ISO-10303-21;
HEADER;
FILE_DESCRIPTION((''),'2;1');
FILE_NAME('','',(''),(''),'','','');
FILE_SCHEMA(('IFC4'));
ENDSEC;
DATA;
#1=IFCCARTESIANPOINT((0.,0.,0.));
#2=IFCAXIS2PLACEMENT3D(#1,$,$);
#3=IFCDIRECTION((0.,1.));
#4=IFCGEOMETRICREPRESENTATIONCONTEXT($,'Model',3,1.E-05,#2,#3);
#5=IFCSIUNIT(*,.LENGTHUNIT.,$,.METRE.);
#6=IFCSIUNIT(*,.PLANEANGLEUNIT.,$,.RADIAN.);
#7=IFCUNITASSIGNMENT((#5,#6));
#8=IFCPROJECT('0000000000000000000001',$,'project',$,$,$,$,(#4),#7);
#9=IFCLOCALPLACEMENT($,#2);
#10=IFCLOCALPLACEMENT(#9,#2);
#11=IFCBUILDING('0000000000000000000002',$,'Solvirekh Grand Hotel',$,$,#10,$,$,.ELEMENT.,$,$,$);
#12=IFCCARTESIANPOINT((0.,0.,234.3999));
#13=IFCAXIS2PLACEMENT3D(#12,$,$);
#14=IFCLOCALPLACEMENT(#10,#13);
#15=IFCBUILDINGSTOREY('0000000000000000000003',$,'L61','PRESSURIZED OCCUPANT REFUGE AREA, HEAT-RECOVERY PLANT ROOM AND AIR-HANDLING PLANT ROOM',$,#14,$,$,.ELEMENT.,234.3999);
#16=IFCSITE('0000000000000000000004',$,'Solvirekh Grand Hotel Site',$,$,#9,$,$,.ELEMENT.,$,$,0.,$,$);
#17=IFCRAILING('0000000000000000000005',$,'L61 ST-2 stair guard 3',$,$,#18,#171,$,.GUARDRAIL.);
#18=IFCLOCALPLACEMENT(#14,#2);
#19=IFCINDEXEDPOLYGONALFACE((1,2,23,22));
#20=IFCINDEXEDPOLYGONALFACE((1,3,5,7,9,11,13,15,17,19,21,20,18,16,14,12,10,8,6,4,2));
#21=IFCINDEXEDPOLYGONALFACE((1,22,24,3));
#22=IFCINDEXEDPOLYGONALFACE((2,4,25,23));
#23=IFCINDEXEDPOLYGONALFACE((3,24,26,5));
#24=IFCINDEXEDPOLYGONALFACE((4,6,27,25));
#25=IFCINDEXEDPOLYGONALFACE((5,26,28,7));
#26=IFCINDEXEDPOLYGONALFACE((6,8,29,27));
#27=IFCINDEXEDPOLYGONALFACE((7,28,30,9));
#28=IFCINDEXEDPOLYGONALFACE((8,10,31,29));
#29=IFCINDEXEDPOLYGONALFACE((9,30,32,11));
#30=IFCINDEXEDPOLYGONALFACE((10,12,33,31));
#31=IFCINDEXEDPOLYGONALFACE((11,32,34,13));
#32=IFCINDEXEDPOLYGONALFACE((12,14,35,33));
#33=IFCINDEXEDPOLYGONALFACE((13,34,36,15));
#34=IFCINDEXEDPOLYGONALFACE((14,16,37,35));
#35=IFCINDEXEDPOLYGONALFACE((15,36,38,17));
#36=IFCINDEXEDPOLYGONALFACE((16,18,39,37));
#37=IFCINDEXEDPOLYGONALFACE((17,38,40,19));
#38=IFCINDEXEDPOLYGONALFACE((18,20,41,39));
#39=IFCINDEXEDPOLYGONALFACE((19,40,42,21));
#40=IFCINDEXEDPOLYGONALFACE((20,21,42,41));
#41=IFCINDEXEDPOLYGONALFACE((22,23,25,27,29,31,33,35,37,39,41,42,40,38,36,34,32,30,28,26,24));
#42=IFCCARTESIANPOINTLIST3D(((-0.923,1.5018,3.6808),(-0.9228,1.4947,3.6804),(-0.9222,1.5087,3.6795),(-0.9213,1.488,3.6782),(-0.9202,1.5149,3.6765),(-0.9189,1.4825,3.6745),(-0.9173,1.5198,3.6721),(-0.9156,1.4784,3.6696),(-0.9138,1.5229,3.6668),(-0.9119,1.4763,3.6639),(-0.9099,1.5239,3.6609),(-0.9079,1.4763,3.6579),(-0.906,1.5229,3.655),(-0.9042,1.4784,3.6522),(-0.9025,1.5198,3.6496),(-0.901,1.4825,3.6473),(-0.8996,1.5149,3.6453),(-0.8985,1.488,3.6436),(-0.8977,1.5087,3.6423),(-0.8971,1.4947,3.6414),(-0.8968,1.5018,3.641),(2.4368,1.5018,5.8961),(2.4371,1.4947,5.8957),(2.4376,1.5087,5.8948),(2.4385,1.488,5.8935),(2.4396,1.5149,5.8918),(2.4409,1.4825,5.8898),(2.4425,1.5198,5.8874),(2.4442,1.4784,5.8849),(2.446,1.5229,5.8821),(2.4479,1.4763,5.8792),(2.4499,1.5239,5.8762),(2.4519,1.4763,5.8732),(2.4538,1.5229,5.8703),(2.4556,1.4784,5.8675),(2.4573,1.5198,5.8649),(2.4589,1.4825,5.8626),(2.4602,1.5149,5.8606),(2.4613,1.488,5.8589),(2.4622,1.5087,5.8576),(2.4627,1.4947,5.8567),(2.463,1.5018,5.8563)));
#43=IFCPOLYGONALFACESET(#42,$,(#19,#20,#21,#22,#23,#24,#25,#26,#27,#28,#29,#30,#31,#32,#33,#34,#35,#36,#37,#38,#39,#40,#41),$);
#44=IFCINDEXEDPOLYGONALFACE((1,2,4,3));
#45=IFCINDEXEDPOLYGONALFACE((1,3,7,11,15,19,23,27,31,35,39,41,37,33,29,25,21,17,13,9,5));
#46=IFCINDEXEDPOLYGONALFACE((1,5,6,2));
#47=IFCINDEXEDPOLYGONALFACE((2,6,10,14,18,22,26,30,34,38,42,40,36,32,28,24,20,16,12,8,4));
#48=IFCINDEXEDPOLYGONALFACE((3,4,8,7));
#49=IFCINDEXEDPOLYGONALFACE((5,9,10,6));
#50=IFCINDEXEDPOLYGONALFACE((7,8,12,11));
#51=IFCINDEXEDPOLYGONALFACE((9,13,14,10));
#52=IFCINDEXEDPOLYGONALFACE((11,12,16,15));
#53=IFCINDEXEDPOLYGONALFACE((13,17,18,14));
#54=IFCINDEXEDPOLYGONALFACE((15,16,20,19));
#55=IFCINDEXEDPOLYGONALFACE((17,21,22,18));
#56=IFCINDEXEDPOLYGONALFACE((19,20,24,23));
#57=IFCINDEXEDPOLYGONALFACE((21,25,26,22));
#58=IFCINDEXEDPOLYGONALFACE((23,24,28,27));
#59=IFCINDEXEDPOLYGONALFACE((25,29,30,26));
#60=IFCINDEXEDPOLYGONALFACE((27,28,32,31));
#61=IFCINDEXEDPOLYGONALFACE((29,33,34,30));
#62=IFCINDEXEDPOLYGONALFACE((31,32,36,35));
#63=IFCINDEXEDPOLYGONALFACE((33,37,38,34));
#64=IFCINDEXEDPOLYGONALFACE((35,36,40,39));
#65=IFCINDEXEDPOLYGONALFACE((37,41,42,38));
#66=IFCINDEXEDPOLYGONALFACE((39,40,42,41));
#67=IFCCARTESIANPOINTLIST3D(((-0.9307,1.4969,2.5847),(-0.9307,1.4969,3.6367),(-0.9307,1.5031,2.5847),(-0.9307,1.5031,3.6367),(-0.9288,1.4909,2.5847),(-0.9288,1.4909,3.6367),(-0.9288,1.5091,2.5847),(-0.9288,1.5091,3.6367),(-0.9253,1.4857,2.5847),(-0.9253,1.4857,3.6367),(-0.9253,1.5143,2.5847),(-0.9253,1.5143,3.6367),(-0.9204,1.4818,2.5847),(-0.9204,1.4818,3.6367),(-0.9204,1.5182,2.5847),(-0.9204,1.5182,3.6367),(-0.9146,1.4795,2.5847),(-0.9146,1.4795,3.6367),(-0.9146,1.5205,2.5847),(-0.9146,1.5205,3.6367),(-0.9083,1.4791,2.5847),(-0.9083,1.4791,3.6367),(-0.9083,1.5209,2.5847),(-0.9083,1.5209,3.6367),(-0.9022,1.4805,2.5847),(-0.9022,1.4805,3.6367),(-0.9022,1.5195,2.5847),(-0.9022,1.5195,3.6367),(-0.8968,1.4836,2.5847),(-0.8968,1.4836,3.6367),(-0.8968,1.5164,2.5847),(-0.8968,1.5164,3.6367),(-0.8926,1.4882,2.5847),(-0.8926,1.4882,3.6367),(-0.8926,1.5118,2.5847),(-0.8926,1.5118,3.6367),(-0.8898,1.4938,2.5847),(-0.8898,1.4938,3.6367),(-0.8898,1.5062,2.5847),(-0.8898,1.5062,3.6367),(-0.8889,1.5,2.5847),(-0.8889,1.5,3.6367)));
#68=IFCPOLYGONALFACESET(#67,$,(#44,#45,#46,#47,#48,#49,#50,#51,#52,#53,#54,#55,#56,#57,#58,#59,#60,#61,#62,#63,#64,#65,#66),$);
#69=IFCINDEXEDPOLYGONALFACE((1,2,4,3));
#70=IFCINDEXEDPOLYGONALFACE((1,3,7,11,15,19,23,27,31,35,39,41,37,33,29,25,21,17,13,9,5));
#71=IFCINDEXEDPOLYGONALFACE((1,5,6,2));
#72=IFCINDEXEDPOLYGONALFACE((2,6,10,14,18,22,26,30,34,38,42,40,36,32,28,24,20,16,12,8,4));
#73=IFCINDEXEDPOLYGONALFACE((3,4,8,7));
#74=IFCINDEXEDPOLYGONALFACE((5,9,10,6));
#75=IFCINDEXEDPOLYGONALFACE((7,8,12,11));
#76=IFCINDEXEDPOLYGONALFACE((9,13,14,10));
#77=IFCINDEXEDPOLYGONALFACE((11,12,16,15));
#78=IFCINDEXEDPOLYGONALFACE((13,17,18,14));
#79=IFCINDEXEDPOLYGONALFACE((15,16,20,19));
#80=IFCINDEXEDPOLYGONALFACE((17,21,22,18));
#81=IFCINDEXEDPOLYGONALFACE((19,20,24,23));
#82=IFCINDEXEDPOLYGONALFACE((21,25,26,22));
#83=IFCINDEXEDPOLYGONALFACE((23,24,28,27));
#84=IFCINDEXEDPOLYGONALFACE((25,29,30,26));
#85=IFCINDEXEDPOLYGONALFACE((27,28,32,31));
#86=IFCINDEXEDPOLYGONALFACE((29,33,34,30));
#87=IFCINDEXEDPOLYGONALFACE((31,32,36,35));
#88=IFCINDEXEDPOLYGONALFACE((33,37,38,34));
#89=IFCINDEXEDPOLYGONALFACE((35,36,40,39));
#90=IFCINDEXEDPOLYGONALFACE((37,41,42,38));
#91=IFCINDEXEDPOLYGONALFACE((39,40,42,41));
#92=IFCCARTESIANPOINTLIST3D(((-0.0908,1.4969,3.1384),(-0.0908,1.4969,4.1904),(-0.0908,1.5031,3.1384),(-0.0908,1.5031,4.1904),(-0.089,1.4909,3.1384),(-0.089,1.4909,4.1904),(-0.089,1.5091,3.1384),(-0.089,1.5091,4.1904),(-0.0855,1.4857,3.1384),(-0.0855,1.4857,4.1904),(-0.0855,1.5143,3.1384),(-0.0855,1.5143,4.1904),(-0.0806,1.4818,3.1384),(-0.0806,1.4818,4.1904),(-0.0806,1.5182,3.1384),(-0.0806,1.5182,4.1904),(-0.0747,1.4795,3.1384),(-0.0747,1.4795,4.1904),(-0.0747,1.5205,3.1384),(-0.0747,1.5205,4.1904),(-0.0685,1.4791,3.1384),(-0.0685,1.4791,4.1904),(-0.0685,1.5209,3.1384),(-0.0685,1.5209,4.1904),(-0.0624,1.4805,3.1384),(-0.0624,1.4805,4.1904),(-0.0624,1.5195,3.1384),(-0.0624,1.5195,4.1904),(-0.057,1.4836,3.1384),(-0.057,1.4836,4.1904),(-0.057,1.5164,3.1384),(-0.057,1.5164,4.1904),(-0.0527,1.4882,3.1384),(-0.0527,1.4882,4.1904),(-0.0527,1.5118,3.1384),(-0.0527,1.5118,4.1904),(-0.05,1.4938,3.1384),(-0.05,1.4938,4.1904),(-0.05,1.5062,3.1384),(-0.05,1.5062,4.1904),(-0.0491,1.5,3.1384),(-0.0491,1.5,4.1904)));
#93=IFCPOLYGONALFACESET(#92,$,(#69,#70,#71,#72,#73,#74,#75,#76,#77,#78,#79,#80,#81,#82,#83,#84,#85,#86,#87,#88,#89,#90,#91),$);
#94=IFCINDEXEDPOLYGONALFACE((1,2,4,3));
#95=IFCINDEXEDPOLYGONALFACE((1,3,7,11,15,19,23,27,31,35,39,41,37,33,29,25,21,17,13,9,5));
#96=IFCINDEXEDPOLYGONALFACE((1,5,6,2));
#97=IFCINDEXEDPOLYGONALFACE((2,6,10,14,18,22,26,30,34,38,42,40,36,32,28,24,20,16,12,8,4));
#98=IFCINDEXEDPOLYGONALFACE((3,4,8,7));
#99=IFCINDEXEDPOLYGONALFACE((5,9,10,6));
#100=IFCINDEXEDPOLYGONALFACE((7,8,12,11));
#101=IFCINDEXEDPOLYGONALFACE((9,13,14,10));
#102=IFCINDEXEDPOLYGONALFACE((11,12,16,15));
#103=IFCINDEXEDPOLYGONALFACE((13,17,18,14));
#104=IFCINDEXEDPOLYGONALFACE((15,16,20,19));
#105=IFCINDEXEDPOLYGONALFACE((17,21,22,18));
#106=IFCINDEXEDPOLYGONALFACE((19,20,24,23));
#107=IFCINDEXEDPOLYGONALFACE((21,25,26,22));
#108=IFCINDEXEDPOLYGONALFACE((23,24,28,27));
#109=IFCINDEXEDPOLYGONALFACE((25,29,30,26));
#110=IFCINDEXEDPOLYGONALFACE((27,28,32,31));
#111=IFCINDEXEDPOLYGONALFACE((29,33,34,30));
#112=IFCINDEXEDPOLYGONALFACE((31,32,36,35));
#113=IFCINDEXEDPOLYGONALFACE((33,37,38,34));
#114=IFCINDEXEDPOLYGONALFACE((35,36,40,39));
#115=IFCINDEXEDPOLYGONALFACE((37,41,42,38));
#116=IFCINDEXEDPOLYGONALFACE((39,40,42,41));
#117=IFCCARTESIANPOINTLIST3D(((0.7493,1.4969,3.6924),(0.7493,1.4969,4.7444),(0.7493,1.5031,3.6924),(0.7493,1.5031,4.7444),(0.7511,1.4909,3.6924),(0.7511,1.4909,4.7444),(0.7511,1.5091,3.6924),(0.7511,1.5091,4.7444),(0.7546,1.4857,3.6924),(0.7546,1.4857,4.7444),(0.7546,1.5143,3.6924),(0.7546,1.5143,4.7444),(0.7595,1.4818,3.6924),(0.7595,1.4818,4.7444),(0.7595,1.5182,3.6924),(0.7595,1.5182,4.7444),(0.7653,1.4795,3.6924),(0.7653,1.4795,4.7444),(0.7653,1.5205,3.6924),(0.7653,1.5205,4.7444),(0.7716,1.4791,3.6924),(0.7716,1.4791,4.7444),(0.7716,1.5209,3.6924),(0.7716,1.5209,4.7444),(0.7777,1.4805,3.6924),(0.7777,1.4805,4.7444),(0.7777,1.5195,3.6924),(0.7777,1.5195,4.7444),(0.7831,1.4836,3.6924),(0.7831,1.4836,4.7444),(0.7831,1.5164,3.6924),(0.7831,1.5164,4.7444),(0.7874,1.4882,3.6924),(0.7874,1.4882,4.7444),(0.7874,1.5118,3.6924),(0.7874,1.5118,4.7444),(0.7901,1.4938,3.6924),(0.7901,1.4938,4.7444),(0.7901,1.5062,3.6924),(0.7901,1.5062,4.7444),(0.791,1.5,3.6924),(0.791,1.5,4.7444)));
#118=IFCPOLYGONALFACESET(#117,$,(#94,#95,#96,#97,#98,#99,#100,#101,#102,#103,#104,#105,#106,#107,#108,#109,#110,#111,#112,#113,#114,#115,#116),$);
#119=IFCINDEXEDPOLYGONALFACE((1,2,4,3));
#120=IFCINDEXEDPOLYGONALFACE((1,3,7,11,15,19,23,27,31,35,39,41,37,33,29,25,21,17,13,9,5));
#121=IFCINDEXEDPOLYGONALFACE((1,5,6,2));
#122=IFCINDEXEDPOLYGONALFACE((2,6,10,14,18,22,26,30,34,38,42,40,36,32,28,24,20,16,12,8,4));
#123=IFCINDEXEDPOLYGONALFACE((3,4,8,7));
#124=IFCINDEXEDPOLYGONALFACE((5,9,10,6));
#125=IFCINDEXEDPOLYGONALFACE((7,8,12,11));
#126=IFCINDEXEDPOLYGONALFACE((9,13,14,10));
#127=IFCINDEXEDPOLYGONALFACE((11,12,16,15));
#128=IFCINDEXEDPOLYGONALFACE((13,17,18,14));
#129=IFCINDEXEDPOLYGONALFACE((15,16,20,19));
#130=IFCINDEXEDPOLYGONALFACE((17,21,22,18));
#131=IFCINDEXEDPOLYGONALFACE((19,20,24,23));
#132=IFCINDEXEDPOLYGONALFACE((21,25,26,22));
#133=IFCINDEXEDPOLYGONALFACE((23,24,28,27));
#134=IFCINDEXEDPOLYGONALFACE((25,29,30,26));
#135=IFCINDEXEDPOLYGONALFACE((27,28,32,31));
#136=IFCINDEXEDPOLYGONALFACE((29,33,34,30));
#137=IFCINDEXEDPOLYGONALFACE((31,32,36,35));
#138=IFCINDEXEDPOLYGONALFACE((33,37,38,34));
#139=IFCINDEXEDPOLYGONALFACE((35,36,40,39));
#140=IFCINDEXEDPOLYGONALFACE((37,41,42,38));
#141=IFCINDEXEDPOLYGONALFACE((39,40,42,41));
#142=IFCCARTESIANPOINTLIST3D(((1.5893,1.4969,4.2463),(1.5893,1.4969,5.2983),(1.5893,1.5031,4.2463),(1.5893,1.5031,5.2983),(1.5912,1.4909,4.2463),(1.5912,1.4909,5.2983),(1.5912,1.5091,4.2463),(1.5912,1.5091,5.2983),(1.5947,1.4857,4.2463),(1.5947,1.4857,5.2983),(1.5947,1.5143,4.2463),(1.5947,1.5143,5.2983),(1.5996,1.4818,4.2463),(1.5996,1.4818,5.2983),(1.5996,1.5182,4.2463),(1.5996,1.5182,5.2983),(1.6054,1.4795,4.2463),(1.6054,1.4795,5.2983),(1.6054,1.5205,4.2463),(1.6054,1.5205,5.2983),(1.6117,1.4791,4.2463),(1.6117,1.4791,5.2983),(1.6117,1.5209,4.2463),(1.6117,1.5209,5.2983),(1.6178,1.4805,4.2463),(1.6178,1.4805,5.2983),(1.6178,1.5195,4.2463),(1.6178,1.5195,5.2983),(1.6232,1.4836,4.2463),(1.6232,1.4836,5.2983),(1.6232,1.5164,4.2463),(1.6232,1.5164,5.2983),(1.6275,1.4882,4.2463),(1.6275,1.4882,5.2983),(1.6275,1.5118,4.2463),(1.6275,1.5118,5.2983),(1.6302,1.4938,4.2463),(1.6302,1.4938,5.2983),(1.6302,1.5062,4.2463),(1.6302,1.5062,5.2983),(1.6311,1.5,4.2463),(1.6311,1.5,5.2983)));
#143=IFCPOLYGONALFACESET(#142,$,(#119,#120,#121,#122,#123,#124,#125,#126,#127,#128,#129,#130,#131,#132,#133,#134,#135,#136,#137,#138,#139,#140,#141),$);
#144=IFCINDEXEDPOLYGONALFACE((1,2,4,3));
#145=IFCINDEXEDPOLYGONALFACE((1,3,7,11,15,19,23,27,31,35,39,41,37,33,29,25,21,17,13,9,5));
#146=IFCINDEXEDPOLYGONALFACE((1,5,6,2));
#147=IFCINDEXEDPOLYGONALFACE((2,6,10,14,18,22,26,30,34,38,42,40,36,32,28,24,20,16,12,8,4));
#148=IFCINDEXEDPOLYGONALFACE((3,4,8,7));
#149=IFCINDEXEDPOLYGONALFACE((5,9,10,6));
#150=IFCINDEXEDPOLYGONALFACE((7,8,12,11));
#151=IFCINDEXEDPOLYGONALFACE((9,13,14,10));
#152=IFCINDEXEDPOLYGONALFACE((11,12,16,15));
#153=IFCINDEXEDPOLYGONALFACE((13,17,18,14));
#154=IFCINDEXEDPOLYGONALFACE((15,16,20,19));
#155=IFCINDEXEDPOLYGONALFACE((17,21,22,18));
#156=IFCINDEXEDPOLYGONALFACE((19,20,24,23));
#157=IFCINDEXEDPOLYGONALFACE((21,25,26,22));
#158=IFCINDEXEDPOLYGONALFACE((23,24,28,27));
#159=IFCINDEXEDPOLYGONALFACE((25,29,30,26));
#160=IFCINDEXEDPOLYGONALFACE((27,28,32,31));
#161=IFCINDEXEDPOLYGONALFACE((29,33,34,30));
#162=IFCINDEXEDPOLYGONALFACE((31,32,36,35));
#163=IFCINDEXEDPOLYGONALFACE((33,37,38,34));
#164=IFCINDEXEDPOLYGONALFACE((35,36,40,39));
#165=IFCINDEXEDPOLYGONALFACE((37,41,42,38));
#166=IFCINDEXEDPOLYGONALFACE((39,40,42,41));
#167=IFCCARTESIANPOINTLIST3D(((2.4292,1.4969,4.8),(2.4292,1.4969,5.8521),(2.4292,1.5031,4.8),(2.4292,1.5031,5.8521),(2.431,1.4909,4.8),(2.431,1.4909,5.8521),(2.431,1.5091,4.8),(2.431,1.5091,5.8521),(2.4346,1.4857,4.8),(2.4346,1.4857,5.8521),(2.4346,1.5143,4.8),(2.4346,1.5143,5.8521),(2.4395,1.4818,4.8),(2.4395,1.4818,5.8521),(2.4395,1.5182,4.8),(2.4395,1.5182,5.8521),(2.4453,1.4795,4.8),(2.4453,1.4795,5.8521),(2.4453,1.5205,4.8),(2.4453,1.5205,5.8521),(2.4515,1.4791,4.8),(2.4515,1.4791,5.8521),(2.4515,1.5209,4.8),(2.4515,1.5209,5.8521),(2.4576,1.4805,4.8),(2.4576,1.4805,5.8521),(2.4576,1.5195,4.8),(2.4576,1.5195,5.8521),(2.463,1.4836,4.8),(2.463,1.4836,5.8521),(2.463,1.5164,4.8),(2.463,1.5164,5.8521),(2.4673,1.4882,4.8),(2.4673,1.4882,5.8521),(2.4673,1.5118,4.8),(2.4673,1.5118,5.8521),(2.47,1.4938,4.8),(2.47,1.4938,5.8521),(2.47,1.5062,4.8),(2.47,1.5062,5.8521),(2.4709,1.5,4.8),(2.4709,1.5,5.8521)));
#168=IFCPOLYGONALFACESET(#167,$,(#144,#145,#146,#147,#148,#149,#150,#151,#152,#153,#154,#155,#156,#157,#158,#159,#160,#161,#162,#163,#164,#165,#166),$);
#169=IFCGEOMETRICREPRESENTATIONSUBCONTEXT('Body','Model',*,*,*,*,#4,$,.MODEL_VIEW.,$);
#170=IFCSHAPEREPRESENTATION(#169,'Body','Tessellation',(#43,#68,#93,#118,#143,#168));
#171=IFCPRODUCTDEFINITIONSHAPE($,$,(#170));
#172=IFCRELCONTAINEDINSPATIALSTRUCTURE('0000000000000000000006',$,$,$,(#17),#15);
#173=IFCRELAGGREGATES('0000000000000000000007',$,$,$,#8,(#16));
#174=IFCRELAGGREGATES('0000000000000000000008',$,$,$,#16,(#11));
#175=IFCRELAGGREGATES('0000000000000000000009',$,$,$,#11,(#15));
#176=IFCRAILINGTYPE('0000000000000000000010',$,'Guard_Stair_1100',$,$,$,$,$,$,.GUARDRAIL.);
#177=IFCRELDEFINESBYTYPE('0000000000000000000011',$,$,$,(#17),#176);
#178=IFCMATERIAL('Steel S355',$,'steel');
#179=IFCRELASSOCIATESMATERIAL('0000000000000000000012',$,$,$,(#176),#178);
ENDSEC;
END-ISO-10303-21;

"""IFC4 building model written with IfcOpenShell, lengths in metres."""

from ifc_helpers import new_model, si_unit, direction, frame, origin, origin_2d, place, context, subcontext, project, spatial, circle, extrude, material, type_object, element, save


model = new_model("IFC4")

# Units and contexts
model_context = context("Model", 3, precision=1e-05, world=origin(), true_north=direction((0.0, 1.0)))
body_context = subcontext(model_context, "Body", "Model", "MODEL_VIEW")
ifc_project = project(units=[si_unit("LENGTHUNIT", "METRE"), si_unit("PLANEANGLEUNIT", "RADIAN")], contexts=[model_context])

# Site, building, storey
site_placement = place(None, origin())
site = spatial("IfcSite", under=ifc_project, at=site_placement, Name="Solvirekh Grand Hotel Site", CompositionType="ELEMENT", RefElevation=0.0)
building_placement = place(site_placement, origin())
building = spatial("IfcBuilding", under=site, at=building_placement, Name="Solvirekh Grand Hotel", CompositionType="ELEMENT")
storey_placement = place(building_placement, frame((0.0, 0.0, 234.3999)))
storey = spatial("IfcBuildingStorey", under=building, at=storey_placement, Name="L61", Description="PRESSURIZED OCCUPANT REFUGE AREA, HEAT-RECOVERY PLANT ROOM AND AIR-HANDLING PLANT ROOM", CompositionType="ELEMENT", Elevation=234.3999)

# Shared definitions
ifc_material_1 = material(Name="Steel S355", Category="steel")

# Railing
railing_type_1 = type_object("IfcRailingType", Name="Guard_Stair_1100", PredefinedType="GUARDRAIL", material=ifc_material_1)
railing_1_placement = place(storey_placement, frame((-0.9099, 1.5, 2.5847)))
element("IfcRailing", 1, at=railing_1_placement, inside=storey, type_object=railing_type_1, Name="L61 ST-2 stair guard 3", PredefinedType="GUARDRAIL", context=body_context, shape_type="SweptSolid", body=[
    extrude(circle(Radius=0.0239, at=origin_2d()), frame((0.0, 0.0, 1.0762), z_axis=(0.834858, 0.0, 0.550465), x_axis=(0.0, 1.0, 0.0)), (0.0, 0.0, 1.0), 4.0244),
    extrude(circle(Radius=0.021, at=origin_2d()), origin(), (0.0, 0.0, 1.0), 1.052),
    extrude(circle(Radius=0.021, at=origin_2d()), frame((0.8398, 0.0, 0.5537)), (0.0, 0.0, 1.0), 1.052),
    extrude(circle(Radius=0.021, at=origin_2d()), frame((1.6799, 0.0, 1.1077)), (0.0, 0.0, 1.0), 1.052),
    extrude(circle(Radius=0.021, at=origin_2d()), frame((2.52, 0.0, 1.6616)), (0.0, 0.0, 1.0), 1.052),
    extrude(circle(Radius=0.021, at=origin_2d()), frame((3.3599, 0.0, 2.2153)), (0.0, 0.0, 1.0), 1.052),
])

save(model, "model.ifc")
